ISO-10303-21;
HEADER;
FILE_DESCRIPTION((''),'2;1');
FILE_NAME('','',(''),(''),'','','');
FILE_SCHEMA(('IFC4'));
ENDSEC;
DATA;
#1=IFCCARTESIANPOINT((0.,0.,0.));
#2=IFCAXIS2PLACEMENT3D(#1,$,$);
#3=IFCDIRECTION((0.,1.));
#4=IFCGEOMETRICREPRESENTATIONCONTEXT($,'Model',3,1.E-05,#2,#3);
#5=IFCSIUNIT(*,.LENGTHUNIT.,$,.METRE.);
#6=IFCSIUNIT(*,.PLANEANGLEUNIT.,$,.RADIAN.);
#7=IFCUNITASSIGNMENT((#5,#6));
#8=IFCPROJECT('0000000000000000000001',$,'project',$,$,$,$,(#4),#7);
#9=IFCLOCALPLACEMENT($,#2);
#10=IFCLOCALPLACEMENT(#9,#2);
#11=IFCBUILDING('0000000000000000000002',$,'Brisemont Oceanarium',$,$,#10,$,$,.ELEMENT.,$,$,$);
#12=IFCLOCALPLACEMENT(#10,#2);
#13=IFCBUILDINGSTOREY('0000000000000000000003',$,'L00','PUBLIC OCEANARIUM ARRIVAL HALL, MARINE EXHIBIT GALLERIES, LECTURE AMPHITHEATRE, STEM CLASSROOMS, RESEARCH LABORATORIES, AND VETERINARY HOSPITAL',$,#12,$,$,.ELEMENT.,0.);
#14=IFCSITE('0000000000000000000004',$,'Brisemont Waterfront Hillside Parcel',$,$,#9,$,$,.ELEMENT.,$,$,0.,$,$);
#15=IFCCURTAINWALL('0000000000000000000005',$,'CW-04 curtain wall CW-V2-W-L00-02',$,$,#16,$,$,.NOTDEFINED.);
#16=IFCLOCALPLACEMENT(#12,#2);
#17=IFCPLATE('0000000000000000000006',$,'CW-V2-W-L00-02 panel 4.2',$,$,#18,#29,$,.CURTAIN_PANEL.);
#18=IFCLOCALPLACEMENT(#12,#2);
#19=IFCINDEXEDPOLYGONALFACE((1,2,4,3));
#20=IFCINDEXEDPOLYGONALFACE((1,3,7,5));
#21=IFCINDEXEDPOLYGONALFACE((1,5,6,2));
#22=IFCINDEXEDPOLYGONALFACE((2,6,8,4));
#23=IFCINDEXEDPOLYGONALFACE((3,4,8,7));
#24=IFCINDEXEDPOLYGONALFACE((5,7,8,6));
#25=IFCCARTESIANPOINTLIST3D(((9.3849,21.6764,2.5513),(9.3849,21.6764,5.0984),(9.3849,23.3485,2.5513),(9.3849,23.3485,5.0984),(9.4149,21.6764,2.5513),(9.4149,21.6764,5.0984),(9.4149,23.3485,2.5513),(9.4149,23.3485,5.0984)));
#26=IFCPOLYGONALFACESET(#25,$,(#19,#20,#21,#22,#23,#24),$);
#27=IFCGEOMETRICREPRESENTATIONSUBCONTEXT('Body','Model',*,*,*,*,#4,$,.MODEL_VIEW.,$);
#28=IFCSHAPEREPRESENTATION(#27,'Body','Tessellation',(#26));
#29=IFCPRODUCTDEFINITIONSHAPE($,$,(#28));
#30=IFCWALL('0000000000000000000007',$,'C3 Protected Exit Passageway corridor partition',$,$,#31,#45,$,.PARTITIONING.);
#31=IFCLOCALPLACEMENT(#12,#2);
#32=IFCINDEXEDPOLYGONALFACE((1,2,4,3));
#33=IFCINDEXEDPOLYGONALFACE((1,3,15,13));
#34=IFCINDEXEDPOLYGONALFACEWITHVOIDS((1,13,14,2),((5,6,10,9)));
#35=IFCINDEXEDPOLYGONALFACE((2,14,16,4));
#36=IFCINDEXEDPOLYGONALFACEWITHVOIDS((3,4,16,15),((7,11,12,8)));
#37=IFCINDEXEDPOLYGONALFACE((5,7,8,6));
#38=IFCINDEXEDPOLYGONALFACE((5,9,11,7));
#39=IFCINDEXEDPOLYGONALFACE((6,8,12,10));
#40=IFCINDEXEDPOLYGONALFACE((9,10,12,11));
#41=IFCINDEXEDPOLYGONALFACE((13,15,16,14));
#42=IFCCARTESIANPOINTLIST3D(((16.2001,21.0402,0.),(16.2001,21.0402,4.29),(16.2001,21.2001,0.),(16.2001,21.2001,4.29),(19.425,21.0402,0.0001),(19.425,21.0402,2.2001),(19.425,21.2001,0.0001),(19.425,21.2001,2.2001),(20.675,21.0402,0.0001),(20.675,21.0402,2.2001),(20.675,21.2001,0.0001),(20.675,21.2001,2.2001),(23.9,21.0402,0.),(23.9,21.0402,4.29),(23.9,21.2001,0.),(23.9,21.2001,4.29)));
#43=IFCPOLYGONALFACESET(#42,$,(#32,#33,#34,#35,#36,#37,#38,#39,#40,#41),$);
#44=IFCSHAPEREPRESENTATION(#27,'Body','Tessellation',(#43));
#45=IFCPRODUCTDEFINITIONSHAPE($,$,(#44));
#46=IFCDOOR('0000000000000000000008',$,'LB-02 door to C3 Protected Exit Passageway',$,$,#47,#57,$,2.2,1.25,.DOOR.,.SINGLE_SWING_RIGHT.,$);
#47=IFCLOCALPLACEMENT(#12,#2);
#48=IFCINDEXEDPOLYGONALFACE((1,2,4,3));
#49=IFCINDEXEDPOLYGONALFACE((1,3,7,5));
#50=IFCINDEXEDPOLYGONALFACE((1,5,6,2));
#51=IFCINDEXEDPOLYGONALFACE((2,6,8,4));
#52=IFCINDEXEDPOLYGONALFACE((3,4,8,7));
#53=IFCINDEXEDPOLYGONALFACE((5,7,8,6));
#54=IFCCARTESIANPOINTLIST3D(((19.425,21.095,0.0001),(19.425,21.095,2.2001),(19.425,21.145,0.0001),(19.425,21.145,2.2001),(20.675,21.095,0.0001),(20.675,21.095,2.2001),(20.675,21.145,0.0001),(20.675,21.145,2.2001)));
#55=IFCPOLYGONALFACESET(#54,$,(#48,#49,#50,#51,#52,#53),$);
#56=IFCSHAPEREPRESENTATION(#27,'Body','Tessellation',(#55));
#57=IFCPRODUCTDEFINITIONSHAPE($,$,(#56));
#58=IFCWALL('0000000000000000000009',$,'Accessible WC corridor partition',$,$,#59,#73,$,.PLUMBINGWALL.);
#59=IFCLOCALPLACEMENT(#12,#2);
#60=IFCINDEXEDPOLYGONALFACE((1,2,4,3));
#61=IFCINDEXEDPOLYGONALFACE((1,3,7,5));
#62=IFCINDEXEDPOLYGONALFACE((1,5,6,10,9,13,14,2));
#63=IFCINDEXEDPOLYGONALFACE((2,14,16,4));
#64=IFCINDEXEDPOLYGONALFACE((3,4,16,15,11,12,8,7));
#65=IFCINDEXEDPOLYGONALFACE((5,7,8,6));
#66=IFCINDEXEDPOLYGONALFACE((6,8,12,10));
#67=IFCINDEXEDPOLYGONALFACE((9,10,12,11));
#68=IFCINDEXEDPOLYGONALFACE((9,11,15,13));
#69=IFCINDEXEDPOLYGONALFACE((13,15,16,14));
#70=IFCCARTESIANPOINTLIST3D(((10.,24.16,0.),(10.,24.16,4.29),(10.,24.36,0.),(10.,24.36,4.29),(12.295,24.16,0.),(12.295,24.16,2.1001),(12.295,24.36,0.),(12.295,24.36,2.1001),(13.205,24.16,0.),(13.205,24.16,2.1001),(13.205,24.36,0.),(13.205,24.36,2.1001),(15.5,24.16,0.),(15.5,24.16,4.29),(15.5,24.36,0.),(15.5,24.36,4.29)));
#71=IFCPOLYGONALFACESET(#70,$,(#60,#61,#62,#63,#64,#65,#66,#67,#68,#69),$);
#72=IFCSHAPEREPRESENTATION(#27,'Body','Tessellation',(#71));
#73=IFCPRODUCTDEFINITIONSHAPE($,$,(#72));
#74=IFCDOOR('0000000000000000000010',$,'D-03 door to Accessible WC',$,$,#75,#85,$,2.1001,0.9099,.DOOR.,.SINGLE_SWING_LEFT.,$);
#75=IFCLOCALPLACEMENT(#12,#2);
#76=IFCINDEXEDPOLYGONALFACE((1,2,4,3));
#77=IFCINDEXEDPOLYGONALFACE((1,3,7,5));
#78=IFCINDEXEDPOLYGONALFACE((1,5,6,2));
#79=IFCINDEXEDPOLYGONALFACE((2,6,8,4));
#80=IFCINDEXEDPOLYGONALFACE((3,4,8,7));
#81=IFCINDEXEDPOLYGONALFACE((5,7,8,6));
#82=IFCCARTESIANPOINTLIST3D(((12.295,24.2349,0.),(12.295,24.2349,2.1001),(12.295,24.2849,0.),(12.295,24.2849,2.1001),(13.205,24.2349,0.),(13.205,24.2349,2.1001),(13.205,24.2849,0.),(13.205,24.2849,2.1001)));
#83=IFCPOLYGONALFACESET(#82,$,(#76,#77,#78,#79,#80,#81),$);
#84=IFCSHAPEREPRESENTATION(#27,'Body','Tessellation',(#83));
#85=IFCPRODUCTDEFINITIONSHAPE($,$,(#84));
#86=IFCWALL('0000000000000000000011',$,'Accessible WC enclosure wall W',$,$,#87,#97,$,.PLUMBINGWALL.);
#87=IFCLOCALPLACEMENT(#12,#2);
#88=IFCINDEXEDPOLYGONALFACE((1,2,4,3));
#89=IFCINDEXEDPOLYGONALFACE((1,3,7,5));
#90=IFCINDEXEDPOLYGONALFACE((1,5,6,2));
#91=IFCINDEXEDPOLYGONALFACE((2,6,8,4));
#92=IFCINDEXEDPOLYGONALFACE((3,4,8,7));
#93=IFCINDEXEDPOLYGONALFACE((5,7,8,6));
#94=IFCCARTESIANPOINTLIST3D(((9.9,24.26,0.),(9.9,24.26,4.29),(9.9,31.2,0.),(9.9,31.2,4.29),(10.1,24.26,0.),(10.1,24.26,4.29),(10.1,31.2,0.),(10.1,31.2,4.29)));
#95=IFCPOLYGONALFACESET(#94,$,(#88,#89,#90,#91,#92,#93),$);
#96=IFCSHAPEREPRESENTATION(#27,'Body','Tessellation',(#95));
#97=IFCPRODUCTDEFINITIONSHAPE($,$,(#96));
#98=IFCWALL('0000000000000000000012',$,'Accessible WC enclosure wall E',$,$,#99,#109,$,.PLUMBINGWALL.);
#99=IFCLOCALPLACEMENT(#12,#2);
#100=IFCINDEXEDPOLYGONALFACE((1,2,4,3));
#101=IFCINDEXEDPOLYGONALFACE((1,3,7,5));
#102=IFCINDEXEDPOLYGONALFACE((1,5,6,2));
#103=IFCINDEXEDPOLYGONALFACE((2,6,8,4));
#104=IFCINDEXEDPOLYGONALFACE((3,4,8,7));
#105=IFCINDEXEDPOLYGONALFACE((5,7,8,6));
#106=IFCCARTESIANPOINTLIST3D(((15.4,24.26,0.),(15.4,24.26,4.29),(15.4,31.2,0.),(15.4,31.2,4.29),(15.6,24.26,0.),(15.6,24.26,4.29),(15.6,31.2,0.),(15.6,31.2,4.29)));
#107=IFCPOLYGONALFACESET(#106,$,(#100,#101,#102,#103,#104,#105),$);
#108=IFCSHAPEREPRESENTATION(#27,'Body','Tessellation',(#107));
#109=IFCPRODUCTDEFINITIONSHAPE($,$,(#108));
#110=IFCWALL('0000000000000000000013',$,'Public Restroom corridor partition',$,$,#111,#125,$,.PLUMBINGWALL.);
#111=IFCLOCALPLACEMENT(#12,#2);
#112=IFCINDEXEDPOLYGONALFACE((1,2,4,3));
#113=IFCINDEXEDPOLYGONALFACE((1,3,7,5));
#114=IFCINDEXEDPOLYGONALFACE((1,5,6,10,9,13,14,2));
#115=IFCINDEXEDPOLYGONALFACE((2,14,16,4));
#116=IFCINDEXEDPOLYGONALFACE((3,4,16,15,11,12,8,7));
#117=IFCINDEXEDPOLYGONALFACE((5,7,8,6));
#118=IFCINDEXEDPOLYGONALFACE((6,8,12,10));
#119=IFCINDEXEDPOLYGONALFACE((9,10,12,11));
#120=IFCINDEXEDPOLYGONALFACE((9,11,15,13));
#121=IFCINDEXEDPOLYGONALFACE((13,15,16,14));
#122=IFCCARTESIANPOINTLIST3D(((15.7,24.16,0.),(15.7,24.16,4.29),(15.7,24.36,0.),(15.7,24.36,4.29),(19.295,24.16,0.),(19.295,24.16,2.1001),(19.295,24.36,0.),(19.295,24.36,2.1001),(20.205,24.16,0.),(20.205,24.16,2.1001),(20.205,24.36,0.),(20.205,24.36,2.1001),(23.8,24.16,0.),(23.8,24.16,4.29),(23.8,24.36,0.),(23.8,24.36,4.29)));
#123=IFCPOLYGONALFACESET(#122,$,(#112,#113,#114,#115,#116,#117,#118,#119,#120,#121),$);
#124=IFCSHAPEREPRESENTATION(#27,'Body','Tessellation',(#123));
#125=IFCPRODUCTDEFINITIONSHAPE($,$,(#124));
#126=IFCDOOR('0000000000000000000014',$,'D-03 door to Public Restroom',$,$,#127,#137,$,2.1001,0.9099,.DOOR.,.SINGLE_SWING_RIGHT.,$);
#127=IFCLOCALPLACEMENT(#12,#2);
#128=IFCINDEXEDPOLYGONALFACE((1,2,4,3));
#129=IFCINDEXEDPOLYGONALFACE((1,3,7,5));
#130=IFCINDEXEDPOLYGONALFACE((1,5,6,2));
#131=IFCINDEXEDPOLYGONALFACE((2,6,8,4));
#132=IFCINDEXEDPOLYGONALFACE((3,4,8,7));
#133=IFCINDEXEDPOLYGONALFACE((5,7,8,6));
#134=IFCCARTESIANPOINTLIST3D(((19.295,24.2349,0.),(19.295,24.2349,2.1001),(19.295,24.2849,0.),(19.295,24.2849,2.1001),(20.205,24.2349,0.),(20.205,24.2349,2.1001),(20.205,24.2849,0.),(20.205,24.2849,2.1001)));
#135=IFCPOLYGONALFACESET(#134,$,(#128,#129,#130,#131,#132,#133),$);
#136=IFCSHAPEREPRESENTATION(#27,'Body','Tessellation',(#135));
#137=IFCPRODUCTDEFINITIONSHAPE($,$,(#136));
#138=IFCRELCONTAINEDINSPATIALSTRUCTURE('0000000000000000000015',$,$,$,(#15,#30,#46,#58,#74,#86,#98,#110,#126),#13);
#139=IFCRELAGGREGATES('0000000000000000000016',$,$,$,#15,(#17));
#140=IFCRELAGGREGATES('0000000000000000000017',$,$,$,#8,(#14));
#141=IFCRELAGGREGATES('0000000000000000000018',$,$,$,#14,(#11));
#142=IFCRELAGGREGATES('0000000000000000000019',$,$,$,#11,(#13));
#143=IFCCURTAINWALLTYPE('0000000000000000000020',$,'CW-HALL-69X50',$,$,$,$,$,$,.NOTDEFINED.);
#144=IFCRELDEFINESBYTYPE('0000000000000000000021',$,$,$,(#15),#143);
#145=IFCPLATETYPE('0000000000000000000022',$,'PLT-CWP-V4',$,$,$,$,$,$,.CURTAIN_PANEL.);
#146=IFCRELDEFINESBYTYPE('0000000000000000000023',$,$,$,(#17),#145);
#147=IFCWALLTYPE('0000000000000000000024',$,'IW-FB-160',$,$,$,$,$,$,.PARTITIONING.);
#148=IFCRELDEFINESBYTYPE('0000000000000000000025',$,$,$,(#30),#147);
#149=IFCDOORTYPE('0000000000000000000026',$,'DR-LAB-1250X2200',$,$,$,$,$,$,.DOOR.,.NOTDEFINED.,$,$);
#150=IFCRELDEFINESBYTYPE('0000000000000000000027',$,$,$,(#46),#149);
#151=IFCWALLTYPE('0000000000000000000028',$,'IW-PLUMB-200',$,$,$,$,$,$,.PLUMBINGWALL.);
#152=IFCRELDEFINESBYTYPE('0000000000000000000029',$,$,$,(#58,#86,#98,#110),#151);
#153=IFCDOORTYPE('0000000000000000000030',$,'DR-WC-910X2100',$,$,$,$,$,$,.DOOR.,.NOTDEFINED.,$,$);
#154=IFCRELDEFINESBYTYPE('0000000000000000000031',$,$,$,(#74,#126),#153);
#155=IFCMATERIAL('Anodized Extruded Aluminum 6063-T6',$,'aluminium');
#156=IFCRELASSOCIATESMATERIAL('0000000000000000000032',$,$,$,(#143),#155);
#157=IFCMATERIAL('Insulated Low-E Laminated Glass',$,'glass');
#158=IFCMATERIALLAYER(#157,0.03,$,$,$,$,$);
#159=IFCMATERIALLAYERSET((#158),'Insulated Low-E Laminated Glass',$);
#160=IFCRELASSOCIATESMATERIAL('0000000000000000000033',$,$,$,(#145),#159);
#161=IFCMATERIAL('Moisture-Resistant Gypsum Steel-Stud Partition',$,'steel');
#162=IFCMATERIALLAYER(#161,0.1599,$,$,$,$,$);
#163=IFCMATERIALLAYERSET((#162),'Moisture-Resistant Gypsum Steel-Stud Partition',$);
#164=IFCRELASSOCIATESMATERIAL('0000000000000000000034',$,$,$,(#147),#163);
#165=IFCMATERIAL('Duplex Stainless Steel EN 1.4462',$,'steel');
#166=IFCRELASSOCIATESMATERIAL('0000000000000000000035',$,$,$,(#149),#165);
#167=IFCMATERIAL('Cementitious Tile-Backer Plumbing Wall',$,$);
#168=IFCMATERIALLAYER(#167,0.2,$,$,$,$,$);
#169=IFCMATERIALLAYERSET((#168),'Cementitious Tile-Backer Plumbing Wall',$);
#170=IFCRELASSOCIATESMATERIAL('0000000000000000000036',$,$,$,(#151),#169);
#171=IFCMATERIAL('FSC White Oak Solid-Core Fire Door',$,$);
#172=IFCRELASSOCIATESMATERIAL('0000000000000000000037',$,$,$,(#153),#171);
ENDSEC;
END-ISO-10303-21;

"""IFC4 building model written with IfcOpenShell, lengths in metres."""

from ifc_helpers import new_model, si_unit, direction, frame, frame_2d, origin, origin_2d, place, context, subcontext, project, spatial, rectangle, extrude, material, layer, layer_set, type_object, element, fill, aggregate, save


model = new_model("IFC4")

# Units and contexts
model_context = context("Model", 3, precision=1e-05, world=origin(), true_north=direction((0.0, 1.0)))
body_context = subcontext(model_context, "Body", "Model", "MODEL_VIEW")
ifc_project = project(units=[si_unit("LENGTHUNIT", "METRE"), si_unit("PLANEANGLEUNIT", "RADIAN")], contexts=[model_context])

# Site, building, storey
site_placement = place(None, origin())
site = spatial("IfcSite", under=ifc_project, at=site_placement, Name="Brisemont Waterfront Hillside Parcel", CompositionType="ELEMENT", RefElevation=0.0)
building_placement = place(site_placement, origin())
building = spatial("IfcBuilding", under=site, at=building_placement, Name="Brisemont Oceanarium", CompositionType="ELEMENT")
storey_placement = place(building_placement, origin())
storey = spatial("IfcBuildingStorey", under=building, at=storey_placement, Name="L00", Description="PUBLIC OCEANARIUM ARRIVAL HALL, MARINE EXHIBIT GALLERIES, LECTURE AMPHITHEATRE, STEM CLASSROOMS, RESEARCH LABORATORIES, AND VETERINARY HOSPITAL", CompositionType="ELEMENT", Elevation=0.0)

# Shared definitions
ifc_material_1 = material(Name="Anodized Extruded Aluminum 6063-T6", Category="aluminium")
curtain_wall_type = type_object("IfcCurtainWallType", Name="CW-HALL-69X50", PredefinedType="NOTDEFINED", material=ifc_material_1)

# Curtain wall
curtain_wall_1_placement = place(storey_placement, origin())
curtain_wall_1 = element("IfcCurtainWall", 1, at=curtain_wall_1_placement, inside=storey, type_object=curtain_wall_type, Name="CW-04 curtain wall CW-V2-W-L00-02", PredefinedType="NOTDEFINED")

# Plate
ifc_material_2 = material(Name="Insulated Low-E Laminated Glass", Category="glass")
ifc_layer_1 = layer(ifc_material_2, 0.03)
ifc_layer_set_1 = layer_set([ifc_layer_1], Name="Insulated Low-E Laminated Glass")
plate_type = type_object("IfcPlateType", Name="PLT-CWP-V4", PredefinedType="CURTAIN_PANEL", material=ifc_layer_set_1)
plate_1_placement = place(storey_placement, frame((9.3999, 22.5125, 2.5513), z_axis=(0.0, 0.0, 1.0), x_axis=(0.0, 1.0, 0.0)))
plate_1 = element("IfcPlate", 2, at=plate_1_placement, type_object=plate_type, Name="CW-V2-W-L00-02 panel 4.2", PredefinedType="CURTAIN_PANEL", context=body_context, shape_type="SweptSolid", body=[
    extrude(rectangle(XDim=1.6721, YDim=0.03, at=origin_2d()), origin(), (0.0, 0.0, 1.0), 2.5471),
])
aggregate(curtain_wall_1, [plate_1])

# Walls, openings, doors
ifc_material_3 = material(Name="Moisture-Resistant Gypsum Steel-Stud Partition", Category="steel")
ifc_layer_2 = layer(ifc_material_3, 0.1599)
ifc_layer_set_2 = layer_set([ifc_layer_2], Name="Moisture-Resistant Gypsum Steel-Stud Partition")
wall_type_1 = type_object("IfcWallType", Name="IW-FB-160", PredefinedType="PARTITIONING", material=ifc_layer_set_2)
wall_1_placement = place(storey_placement, frame((16.2, 21.1201, 0.0), z_axis=(0.0, 0.0, 1.0), x_axis=(1.0, 0.0, 0.0)))
wall_1 = element("IfcWall", 3, at=wall_1_placement, inside=storey, type_object=wall_type_1, Name="C3 Protected Exit Passageway corridor partition", PredefinedType="PARTITIONING", context=body_context, shape_type="SweptSolid", body=[
    extrude(rectangle(XDim=7.7, YDim=0.1599, at=frame_2d((3.8501, 0.0))), origin(), (0.0, 0.0, 1.0), 4.29),
])
opening_1_placement = place(wall_1_placement, frame((3.2251, 0.0, 0.0)))
opening_1 = element("IfcOpeningElement", 4, at=opening_1_placement, cuts=wall_1, PredefinedType="OPENING", context=body_context, shape_type="SweptSolid", body=[
    extrude(rectangle(XDim=1.25, YDim=2.2, at=frame_2d((0.625, 1.1001))), frame((0.0, 0.0898, 0.0), z_axis=(0.0, -1.0, 0.0), x_axis=(1.0, 0.0, 0.0)), (0.0, 0.0, 1.0), 0.1799),
])
ifc_material_4 = material(Name="Duplex Stainless Steel EN 1.4462", Category="steel")
door_type_1 = type_object("IfcDoorType", Name="DR-LAB-1250X2200", OperationType="NOTDEFINED", PredefinedType="DOOR", material=ifc_material_4)
door_1_placement = place(opening_1_placement, origin())
door_1 = element("IfcDoor", 5, at=door_1_placement, inside=storey, type_object=door_type_1, Name="LB-02 door to C3 Protected Exit Passageway", OperationType="SINGLE_SWING_RIGHT", OverallHeight=2.2, OverallWidth=1.25, PredefinedType="DOOR", context=body_context, shape_type="SweptSolid", body=[
    extrude(rectangle(XDim=1.25, YDim=2.2, at=frame_2d((0.625, 1.1001))), frame((0.0, 0.0249, 0.0), z_axis=(0.0, -1.0, 0.0), x_axis=(1.0, 0.0, 0.0)), (0.0, 0.0, 1.0), 0.05),
])
fill(opening_1, door_1)
ifc_material_5 = material(Name="Cementitious Tile-Backer Plumbing Wall")
ifc_layer_3 = layer(ifc_material_5, 0.2)
ifc_layer_set_3 = layer_set([ifc_layer_3], Name="Cementitious Tile-Backer Plumbing Wall")
wall_type_2 = type_object("IfcWallType", Name="IW-PLUMB-200", PredefinedType="PLUMBINGWALL", material=ifc_layer_set_3)
wall_2_placement = place(storey_placement, frame((10.0, 24.26, 0.0), z_axis=(0.0, 0.0, 1.0), x_axis=(1.0, 0.0, 0.0)))
wall_2 = element("IfcWall", 6, at=wall_2_placement, inside=storey, type_object=wall_type_2, Name="Accessible WC corridor partition", PredefinedType="PLUMBINGWALL", context=body_context, shape_type="SweptSolid", body=[
    extrude(rectangle(XDim=5.5, YDim=0.2, at=frame_2d((2.75, 0.0))), origin(), (0.0, 0.0, 1.0), 4.29),
])
opening_2_placement = place(wall_2_placement, frame((2.2949, 0.0, 0.0)))
opening_2 = element("IfcOpeningElement", 7, at=opening_2_placement, cuts=wall_2, PredefinedType="OPENING", context=body_context, shape_type="SweptSolid", body=[
    extrude(rectangle(XDim=0.9099, YDim=2.1001, at=frame_2d((0.4551, 1.05))), frame((0.0, 0.1099, 0.0), z_axis=(0.0, -1.0, 0.0), x_axis=(1.0, 0.0, 0.0)), (0.0, 0.0, 1.0), 0.22),
])
ifc_material_6 = material(Name="FSC White Oak Solid-Core Fire Door")
door_type_2 = type_object("IfcDoorType", Name="DR-WC-910X2100", OperationType="NOTDEFINED", PredefinedType="DOOR", material=ifc_material_6)
door_2_placement = place(opening_2_placement, origin())
door_2 = element("IfcDoor", 8, at=door_2_placement, inside=storey, type_object=door_type_2, Name="D-03 door to Accessible WC", OperationType="SINGLE_SWING_LEFT", OverallHeight=2.1001, OverallWidth=0.9099, PredefinedType="DOOR", context=body_context, shape_type="SweptSolid", body=[
    extrude(rectangle(XDim=0.9099, YDim=2.1001, at=frame_2d((0.4551, 1.05))), frame((0.0, 0.0249, 0.0), z_axis=(0.0, -1.0, 0.0), x_axis=(1.0, 0.0, 0.0)), (0.0, 0.0, 1.0), 0.05),
])
fill(opening_2, door_2)

# Walls
for number, where, z_axis, x_axis, name in (
    (9, (10.0, 24.26, 0.0), (0.0, 0.0, 1.0), (0.0, 1.0, 0.0), "Accessible WC enclosure wall W"),
    (10, (15.5, 24.26, 0.0), (0.0, 0.0, 1.0), (0.0, 1.0, 0.0), "Accessible WC enclosure wall E"),
):
    element("IfcWall", number, at=place(storey_placement, frame(where, z_axis=z_axis, x_axis=x_axis)), inside=storey, type_object=wall_type_2, Name=name, PredefinedType="PLUMBINGWALL", context=body_context, shape_type="SweptSolid", body=[
        extrude(rectangle(XDim=6.9399, YDim=0.2, at=frame_2d((3.47, 0.0))), origin(), (0.0, 0.0, 1.0), 4.29),
    ])

# Wall, opening, door
wall_3_placement = place(storey_placement, frame((15.7, 24.26, 0.0), z_axis=(0.0, 0.0, 1.0), x_axis=(1.0, 0.0, 0.0)))
wall_3 = element("IfcWall", 11, at=wall_3_placement, inside=storey, type_object=wall_type_2, Name="Public Restroom corridor partition", PredefinedType="PLUMBINGWALL", context=body_context, shape_type="SweptSolid", body=[
    extrude(rectangle(XDim=8.1001, YDim=0.2, at=frame_2d((4.05, 0.0))), origin(), (0.0, 0.0, 1.0), 4.29),
])
opening_3_placement = place(wall_3_placement, frame((3.595, 0.0, 0.0)))
opening_3 = element("IfcOpeningElement", 12, at=opening_3_placement, cuts=wall_3, PredefinedType="OPENING", context=body_context, shape_type="SweptSolid", body=[
    extrude(rectangle(XDim=0.9099, YDim=2.1001, at=frame_2d((0.4551, 1.05))), frame((0.0, 0.1099, 0.0), z_axis=(0.0, -1.0, 0.0), x_axis=(1.0, 0.0, 0.0)), (0.0, 0.0, 1.0), 0.22),
])
door_3_placement = place(opening_3_placement, origin())
door_3 = element("IfcDoor", 13, at=door_3_placement, inside=storey, type_object=door_type_2, Name="D-03 door to Public Restroom", OperationType="SINGLE_SWING_RIGHT", OverallHeight=2.1001, OverallWidth=0.9099, PredefinedType="DOOR", context=body_context, shape_type="SweptSolid", body=[
    extrude(rectangle(XDim=0.9099, YDim=2.1001, at=frame_2d((0.4551, 1.05))), frame((0.0, 0.0249, 0.0), z_axis=(0.0, -1.0, 0.0), x_axis=(1.0, 0.0, 0.0)), (0.0, 0.0, 1.0), 0.05),
])
fill(opening_3, door_3)

save(model, "model.ifc")
